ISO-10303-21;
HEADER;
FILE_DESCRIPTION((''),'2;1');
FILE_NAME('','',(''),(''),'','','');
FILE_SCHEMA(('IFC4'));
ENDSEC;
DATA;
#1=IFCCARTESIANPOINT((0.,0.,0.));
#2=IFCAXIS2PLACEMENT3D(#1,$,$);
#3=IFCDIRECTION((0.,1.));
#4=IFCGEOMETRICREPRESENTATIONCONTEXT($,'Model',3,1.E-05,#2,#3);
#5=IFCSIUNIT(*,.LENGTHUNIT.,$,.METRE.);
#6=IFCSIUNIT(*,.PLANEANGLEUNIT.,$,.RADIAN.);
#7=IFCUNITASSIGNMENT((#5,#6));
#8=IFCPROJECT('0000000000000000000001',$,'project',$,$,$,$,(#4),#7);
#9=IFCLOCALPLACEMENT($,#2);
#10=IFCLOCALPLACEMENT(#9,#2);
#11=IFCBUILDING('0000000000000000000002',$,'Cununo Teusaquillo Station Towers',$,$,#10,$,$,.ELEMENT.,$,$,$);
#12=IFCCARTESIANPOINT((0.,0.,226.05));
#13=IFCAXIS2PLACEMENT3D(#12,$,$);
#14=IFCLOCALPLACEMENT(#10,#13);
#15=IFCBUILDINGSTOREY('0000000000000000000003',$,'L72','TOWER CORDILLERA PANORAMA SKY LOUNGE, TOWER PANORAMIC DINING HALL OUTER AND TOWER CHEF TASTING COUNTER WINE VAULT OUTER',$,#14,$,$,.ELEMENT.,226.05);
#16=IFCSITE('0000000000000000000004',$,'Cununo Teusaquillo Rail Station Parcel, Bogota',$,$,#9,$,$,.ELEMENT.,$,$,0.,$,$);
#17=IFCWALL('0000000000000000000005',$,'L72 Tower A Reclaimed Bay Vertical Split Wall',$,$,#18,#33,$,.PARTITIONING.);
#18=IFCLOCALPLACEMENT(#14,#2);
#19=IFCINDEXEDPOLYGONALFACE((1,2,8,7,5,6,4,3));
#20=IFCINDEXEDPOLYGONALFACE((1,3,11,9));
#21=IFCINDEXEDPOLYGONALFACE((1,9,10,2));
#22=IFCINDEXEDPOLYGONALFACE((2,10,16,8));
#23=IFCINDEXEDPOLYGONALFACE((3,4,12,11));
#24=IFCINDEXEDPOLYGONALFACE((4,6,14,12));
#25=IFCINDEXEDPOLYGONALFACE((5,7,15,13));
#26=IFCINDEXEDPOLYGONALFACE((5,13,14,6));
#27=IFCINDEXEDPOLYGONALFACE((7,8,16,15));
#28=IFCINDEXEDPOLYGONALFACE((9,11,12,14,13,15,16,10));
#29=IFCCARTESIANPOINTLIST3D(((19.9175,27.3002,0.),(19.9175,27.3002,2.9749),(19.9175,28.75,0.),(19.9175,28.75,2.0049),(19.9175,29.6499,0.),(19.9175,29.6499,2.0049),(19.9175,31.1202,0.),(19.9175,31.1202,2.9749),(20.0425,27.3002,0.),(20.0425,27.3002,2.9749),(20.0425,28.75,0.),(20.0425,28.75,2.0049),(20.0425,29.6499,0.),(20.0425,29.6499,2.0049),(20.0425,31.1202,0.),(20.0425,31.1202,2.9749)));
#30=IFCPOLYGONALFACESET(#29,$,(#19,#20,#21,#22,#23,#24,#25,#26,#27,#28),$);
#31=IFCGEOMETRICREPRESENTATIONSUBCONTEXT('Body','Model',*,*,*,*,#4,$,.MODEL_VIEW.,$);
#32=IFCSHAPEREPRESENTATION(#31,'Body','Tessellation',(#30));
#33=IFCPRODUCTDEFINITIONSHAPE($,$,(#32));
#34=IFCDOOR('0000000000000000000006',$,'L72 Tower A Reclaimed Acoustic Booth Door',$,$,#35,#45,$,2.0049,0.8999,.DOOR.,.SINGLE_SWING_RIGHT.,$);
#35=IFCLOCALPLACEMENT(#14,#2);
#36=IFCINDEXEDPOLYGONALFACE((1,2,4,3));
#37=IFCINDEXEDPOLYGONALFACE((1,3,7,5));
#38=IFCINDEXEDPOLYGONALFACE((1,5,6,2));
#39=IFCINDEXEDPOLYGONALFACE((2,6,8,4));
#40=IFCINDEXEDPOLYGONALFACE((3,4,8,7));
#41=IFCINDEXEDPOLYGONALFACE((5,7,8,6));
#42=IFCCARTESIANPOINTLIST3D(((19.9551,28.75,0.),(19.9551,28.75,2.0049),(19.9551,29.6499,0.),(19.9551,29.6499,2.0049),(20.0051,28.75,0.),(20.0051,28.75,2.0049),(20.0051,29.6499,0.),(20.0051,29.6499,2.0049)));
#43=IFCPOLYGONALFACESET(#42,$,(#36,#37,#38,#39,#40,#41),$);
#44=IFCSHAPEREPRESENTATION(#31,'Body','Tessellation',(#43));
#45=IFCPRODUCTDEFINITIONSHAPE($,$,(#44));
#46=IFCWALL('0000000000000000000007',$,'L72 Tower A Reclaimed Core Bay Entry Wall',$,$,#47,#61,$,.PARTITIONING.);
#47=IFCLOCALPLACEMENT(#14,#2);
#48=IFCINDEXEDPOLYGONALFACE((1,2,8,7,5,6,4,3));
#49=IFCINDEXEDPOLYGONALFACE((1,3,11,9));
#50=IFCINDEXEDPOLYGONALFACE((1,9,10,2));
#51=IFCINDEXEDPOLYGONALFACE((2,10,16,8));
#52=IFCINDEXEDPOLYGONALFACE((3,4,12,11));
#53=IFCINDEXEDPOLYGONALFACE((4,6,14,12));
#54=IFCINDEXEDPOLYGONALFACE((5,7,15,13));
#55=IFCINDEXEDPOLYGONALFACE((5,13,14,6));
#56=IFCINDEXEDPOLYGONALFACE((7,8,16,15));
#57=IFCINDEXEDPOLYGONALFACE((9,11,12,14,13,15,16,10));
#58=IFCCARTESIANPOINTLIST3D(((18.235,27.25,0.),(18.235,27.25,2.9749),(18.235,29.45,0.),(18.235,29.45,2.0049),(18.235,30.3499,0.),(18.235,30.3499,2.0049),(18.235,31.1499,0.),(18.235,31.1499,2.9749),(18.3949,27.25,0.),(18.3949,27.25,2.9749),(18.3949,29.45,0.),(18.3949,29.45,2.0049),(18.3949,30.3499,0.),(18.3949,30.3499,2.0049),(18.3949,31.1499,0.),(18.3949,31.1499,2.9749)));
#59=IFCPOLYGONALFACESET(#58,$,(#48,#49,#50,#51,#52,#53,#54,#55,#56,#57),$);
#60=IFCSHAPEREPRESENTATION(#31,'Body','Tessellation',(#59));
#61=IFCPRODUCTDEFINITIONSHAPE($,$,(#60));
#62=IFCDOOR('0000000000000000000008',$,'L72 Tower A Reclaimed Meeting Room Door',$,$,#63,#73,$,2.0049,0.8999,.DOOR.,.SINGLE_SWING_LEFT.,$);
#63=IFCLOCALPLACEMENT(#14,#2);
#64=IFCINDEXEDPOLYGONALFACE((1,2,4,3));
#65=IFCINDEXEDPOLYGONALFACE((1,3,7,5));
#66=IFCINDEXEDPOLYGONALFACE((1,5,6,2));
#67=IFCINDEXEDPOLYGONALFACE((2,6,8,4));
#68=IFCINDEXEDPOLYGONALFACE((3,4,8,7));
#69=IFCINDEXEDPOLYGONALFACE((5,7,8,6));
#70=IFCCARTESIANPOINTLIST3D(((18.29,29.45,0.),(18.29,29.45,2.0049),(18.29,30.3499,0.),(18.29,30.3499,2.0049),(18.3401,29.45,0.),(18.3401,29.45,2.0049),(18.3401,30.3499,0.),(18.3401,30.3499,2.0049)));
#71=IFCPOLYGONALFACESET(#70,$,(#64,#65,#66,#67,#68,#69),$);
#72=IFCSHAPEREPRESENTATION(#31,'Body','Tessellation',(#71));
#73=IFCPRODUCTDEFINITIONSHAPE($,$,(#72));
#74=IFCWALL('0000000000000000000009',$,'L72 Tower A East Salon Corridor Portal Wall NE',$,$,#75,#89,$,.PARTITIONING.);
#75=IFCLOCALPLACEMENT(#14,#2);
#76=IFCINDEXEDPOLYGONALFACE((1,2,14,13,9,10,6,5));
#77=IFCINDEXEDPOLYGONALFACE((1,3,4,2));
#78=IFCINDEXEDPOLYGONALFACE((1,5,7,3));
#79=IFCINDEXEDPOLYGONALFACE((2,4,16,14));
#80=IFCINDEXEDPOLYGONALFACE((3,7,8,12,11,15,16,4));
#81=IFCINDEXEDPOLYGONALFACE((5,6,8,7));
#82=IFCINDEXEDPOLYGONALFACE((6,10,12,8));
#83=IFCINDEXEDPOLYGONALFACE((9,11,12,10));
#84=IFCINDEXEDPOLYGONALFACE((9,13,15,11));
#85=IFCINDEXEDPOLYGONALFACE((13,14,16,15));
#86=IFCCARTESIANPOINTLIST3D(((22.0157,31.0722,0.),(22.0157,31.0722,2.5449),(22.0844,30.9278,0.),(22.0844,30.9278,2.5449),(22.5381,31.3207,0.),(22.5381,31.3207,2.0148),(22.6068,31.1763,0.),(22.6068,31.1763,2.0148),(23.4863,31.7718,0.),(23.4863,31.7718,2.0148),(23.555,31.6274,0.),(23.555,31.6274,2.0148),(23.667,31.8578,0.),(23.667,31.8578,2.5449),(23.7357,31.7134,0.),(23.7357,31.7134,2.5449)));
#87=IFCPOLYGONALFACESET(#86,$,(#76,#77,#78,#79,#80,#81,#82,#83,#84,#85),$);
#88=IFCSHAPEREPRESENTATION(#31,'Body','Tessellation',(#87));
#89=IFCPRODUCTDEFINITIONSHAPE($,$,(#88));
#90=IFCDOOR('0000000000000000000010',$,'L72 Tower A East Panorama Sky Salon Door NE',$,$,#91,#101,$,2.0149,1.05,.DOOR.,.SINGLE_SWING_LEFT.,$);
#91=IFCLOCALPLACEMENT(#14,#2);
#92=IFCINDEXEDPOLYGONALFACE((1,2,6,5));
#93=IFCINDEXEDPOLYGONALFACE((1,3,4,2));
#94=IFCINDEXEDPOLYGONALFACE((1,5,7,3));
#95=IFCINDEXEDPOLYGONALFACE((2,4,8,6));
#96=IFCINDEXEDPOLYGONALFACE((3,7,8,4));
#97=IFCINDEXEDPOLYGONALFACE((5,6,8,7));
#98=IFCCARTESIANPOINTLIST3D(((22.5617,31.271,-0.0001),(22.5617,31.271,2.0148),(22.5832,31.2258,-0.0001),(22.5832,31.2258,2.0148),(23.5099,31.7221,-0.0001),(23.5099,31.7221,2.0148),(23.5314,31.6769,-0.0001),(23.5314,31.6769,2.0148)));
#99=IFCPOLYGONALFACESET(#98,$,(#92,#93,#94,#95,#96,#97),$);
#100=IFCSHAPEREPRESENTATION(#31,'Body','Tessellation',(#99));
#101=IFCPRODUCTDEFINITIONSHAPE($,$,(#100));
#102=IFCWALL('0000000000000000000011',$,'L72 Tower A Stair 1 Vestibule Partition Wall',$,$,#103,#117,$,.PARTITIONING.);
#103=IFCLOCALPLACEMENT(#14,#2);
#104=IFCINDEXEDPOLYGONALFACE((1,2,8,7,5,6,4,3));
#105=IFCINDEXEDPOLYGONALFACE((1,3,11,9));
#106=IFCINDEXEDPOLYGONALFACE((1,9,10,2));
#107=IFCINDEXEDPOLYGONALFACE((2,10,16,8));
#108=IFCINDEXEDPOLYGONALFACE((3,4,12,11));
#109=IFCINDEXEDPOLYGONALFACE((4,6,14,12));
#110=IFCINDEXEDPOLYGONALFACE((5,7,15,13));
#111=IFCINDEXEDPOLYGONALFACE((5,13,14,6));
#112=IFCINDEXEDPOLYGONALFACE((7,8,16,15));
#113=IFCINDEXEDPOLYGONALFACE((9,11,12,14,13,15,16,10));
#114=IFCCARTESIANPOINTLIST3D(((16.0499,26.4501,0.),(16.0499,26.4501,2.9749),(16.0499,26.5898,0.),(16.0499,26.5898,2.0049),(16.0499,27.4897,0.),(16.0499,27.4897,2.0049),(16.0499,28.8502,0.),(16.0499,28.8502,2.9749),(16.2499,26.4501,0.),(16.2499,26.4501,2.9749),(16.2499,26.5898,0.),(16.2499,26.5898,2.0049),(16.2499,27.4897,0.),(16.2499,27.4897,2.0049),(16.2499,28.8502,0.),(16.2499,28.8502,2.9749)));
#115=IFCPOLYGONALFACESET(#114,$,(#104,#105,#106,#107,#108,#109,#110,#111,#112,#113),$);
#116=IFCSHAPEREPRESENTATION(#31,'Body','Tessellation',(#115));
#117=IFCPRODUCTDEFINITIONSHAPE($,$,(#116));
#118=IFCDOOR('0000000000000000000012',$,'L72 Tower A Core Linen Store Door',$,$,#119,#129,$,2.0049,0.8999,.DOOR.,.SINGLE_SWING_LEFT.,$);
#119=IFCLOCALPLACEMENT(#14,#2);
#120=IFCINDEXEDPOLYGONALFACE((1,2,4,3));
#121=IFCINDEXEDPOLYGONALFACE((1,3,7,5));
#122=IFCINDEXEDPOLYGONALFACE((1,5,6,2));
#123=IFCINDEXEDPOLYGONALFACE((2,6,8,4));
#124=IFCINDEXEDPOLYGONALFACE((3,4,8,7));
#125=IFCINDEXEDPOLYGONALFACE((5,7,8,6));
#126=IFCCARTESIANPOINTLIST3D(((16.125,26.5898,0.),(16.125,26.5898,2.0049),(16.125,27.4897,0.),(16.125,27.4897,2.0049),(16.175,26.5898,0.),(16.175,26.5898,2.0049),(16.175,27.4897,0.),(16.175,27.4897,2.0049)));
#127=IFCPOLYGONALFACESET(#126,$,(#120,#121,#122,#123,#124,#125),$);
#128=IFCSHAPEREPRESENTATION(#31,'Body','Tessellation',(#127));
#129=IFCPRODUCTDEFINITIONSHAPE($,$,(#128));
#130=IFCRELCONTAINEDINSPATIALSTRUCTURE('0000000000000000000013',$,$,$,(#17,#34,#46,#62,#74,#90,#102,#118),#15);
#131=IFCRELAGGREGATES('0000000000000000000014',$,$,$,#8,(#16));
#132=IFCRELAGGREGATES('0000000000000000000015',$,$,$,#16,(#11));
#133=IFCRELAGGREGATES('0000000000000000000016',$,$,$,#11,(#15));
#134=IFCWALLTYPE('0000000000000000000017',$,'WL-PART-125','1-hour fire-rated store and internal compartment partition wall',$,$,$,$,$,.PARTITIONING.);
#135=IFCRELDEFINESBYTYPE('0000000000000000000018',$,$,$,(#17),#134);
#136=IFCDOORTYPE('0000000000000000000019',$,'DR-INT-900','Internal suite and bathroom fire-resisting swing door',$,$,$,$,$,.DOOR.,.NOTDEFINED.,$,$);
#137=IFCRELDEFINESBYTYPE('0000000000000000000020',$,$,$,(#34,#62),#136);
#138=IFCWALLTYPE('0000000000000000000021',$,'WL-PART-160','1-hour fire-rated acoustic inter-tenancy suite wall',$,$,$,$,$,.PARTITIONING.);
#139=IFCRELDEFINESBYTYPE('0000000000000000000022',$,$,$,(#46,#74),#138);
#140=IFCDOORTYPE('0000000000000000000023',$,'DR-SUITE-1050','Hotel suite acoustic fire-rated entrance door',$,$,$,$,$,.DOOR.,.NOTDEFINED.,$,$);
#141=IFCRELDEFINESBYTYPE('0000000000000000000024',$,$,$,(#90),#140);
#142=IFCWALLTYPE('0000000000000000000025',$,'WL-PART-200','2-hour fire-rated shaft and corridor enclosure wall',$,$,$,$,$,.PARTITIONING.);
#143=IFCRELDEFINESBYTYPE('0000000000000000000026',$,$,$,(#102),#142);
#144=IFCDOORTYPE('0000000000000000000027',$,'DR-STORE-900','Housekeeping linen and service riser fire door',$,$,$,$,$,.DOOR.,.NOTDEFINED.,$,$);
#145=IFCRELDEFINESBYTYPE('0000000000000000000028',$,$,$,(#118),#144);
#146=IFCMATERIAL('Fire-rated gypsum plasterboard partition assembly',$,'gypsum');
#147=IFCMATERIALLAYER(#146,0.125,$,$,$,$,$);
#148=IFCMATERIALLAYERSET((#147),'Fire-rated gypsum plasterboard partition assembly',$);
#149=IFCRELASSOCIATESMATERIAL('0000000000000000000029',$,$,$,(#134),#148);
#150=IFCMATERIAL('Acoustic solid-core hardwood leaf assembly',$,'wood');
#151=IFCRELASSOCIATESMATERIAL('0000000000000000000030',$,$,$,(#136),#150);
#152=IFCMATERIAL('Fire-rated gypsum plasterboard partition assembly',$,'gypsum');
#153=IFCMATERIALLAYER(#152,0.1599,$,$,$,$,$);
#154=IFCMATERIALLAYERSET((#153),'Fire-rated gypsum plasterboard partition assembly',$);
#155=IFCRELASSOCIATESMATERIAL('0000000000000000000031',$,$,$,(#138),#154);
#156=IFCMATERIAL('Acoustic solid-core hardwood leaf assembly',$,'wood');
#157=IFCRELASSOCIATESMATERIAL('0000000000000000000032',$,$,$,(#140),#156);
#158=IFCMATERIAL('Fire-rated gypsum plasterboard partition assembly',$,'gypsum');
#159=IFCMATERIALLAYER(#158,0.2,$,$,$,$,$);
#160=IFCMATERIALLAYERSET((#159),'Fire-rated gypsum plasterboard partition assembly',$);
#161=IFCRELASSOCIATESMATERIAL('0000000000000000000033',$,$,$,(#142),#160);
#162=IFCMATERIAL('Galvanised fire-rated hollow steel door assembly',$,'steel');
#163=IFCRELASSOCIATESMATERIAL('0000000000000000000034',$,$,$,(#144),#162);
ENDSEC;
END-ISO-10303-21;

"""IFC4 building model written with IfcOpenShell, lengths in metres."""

from ifc_helpers import new_model, si_unit, direction, frame, frame_2d, origin, place, context, subcontext, project, spatial, rectangle, extrude, source, transform, mapped, material, layer, layer_set, type_object, element, fill, save


model = new_model("IFC4")

# Units and contexts
model_context = context("Model", 3, precision=1e-05, world=origin(), true_north=direction((0.0, 1.0)))
body_context = subcontext(model_context, "Body", "Model", "MODEL_VIEW")
ifc_project = project(units=[si_unit("LENGTHUNIT", "METRE"), si_unit("PLANEANGLEUNIT", "RADIAN")], contexts=[model_context])

# Site, building, storey
site_placement = place(None, origin())
site = spatial("IfcSite", under=ifc_project, at=site_placement, Name="Cununo Teusaquillo Rail Station Parcel, Bogota", CompositionType="ELEMENT", RefElevation=0.0)
building_placement = place(site_placement, origin())
building = spatial("IfcBuilding", under=site, at=building_placement, Name="Cununo Teusaquillo Station Towers", CompositionType="ELEMENT")
storey_placement = place(building_placement, frame((0.0, 0.0, 226.05)))
storey = spatial("IfcBuildingStorey", under=building, at=storey_placement, Name="L72", Description="TOWER CORDILLERA PANORAMA SKY LOUNGE, TOWER PANORAMIC DINING HALL OUTER AND TOWER CHEF TASTING COUNTER WINE VAULT OUTER", CompositionType="ELEMENT", Elevation=226.05)

# Shared definitions
ifc_material_1 = material(Name="Fire-rated gypsum plasterboard partition assembly", Category="gypsum")
ifc_layer_1 = layer(ifc_material_1, 0.125)
ifc_layer_set_1 = layer_set([ifc_layer_1], Name="Fire-rated gypsum plasterboard partition assembly")
wall_type_1 = type_object("IfcWallType", Name="WL-PART-125", Description="1-hour fire-rated store and internal compartment partition wall", PredefinedType="PARTITIONING", material=ifc_layer_set_1)

# Walls, openings, doors
wall_1_placement = place(storey_placement, frame((19.98, 27.3, 0.0), z_axis=(0.0, 0.0, 1.0), x_axis=(0.0, 1.0, 0.0)))
wall_1 = element("IfcWall", 1, at=wall_1_placement, inside=storey, type_object=wall_type_1, Name="L72 Tower A Reclaimed Bay Vertical Split Wall", PredefinedType="PARTITIONING", context=body_context, shape_type="SweptSolid", body=[
    extrude(rectangle(XDim=3.8201, YDim=0.125, at=frame_2d((1.9102, 0.0))), origin(), (0.0, 0.0, 1.0), 2.9749),
])
shared_shape_1 = source(origin(), body_context, "Body", "SweptSolid", [
    extrude(rectangle(XDim=0.8999, YDim=2.0049, at=frame_2d((0.45, 1.0024))), frame((0.0, 0.0725, 0.0), z_axis=(0.0, -1.0, 0.0), x_axis=(1.0, 0.0, 0.0)), (0.0, 0.0, 1.0), 0.145),
])
opening_1_placement = place(wall_1_placement, frame((1.45, 0.0, 0.0)))
opening_1 = element("IfcOpeningElement", 2, at=opening_1_placement, cuts=wall_1, PredefinedType="OPENING", context=body_context, shape_type="MappedRepresentation", body=[
    mapped(shared_shape_1, transform((0.0, 0.0, 0.0), x_axis=(1.0, 0.0, 0.0), y_axis=(0.0, 1.0, 0.0), z_axis=(0.0, 0.0, 1.0), scale=1.0)),
])
ifc_material_2 = material(Name="Acoustic solid-core hardwood leaf assembly", Category="wood")
door_type_1 = type_object("IfcDoorType", Name="DR-INT-900", Description="Internal suite and bathroom fire-resisting swing door", OperationType="NOTDEFINED", PredefinedType="DOOR", material=ifc_material_2)
shared_shape_2 = source(origin(), body_context, "Body", "SweptSolid", [
    extrude(rectangle(XDim=0.8999, YDim=2.0049, at=frame_2d((0.45, 1.0024))), frame((0.0, 0.0249, 0.0), z_axis=(0.0, -1.0, 0.0), x_axis=(1.0, 0.0, 0.0)), (0.0, 0.0, 1.0), 0.05),
])
door_1_placement = place(opening_1_placement, origin())
door_1 = element("IfcDoor", 3, at=door_1_placement, inside=storey, type_object=door_type_1, Name="L72 Tower A Reclaimed Acoustic Booth Door", OperationType="SINGLE_SWING_RIGHT", OverallHeight=2.0049, OverallWidth=0.8999, PredefinedType="DOOR", context=body_context, shape_type="MappedRepresentation", body=[
    mapped(shared_shape_2, transform((0.0, 0.0, 0.0), x_axis=(1.0, 0.0, 0.0), y_axis=(0.0, 1.0, 0.0), z_axis=(0.0, 0.0, 1.0), scale=1.0)),
])
fill(opening_1, door_1)
ifc_material_3 = material(Name="Fire-rated gypsum plasterboard partition assembly", Category="gypsum")
ifc_layer_2 = layer(ifc_material_3, 0.1599)
ifc_layer_set_2 = layer_set([ifc_layer_2], Name="Fire-rated gypsum plasterboard partition assembly")
wall_type_2 = type_object("IfcWallType", Name="WL-PART-160", Description="1-hour fire-rated acoustic inter-tenancy suite wall", PredefinedType="PARTITIONING", material=ifc_layer_set_2)
wall_2_placement = place(storey_placement, frame((18.3149, 27.25, 0.0), z_axis=(0.0, 0.0, 1.0), x_axis=(0.0, 1.0, 0.0)))
wall_2 = element("IfcWall", 4, at=wall_2_placement, inside=storey, type_object=wall_type_2, Name="L72 Tower A Reclaimed Core Bay Entry Wall", PredefinedType="PARTITIONING", context=body_context, shape_type="SweptSolid", body=[
    extrude(rectangle(XDim=3.8999, YDim=0.1599, at=frame_2d((1.95, 0.0))), origin(), (0.0, 0.0, 1.0), 2.9749),
])
shared_shape_3 = source(origin(), body_context, "Body", "SweptSolid", [
    extrude(rectangle(XDim=0.8999, YDim=2.0049, at=frame_2d((0.45, 1.0024))), frame((0.0, 0.0898, 0.0), z_axis=(0.0, -1.0, 0.0), x_axis=(1.0, 0.0, 0.0)), (0.0, 0.0, 1.0), 0.1799),
])
opening_2_placement = place(wall_2_placement, frame((2.2, 0.0, 0.0)))
opening_2 = element("IfcOpeningElement", 5, at=opening_2_placement, cuts=wall_2, PredefinedType="OPENING", context=body_context, shape_type="MappedRepresentation", body=[
    mapped(shared_shape_3, transform((0.0, 0.0, 0.0), x_axis=(1.0, 0.0, 0.0), y_axis=(0.0, 1.0, 0.0), z_axis=(0.0, 0.0, 1.0), scale=1.0)),
])
door_2_placement = place(opening_2_placement, origin())
door_2 = element("IfcDoor", 6, at=door_2_placement, inside=storey, type_object=door_type_1, Name="L72 Tower A Reclaimed Meeting Room Door", OperationType="SINGLE_SWING_LEFT", OverallHeight=2.0049, OverallWidth=0.8999, PredefinedType="DOOR", context=body_context, shape_type="MappedRepresentation", body=[
    mapped(shared_shape_2, transform((0.0, 0.0, 0.0), x_axis=(1.0, 0.0, 0.0), y_axis=(0.0, 1.0, 0.0), z_axis=(0.0, 0.0, 1.0), scale=1.0)),
])
fill(opening_2, door_2)
wall_3_placement = place(storey_placement, frame((22.05, 31.0, 0.0), z_axis=(0.0, 0.0, 1.0), x_axis=(0.903013, 0.429612, 0.0)))
wall_3 = element("IfcWall", 7, at=wall_3_placement, inside=storey, type_object=wall_type_2, Name="L72 Tower A East Salon Corridor Portal Wall NE", PredefinedType="PARTITIONING", context=body_context, shape_type="SweptSolid", body=[
    extrude(rectangle(XDim=1.8286, YDim=0.1599, at=frame_2d((0.9143, 0.0))), origin(), (0.0, 0.0, 1.0), 2.5449),
])
shared_shape_4 = source(origin(), body_context, "Body", "SweptSolid", [
    extrude(rectangle(XDim=1.05, YDim=2.0149, at=frame_2d((0.5249, 1.0073))), frame((0.0, 0.0898, 0.0), z_axis=(0.0, -1.0, 0.0), x_axis=(1.0, 0.0, 0.0)), (0.0, 0.0, 1.0), 0.1799),
])
opening_3_placement = place(wall_3_placement, frame((0.5786, 0.0, 0.0)))
opening_3 = element("IfcOpeningElement", 8, at=opening_3_placement, cuts=wall_3, PredefinedType="OPENING", context=body_context, shape_type="MappedRepresentation", body=[
    mapped(shared_shape_4, transform((0.0, 0.0, 0.0), x_axis=(1.0, 0.0, 0.0), y_axis=(0.0, 1.0, 0.0), z_axis=(0.0, 0.0, 1.0), scale=1.0)),
])
ifc_material_4 = material(Name="Acoustic solid-core hardwood leaf assembly", Category="wood")
door_type_2 = type_object("IfcDoorType", Name="DR-SUITE-1050", Description="Hotel suite acoustic fire-rated entrance door", OperationType="NOTDEFINED", PredefinedType="DOOR", material=ifc_material_4)
shared_shape_5 = source(origin(), body_context, "Body", "SweptSolid", [
    extrude(rectangle(XDim=1.05, YDim=2.0149, at=frame_2d((0.5249, 1.0073))), frame((0.0, 0.0249, 0.0), z_axis=(0.0, -1.0, 0.0), x_axis=(1.0, 0.0, 0.0)), (0.0, 0.0, 1.0), 0.05),
])
door_3_placement = place(opening_3_placement, origin())
door_3 = element("IfcDoor", 9, at=door_3_placement, inside=storey, type_object=door_type_2, Name="L72 Tower A East Panorama Sky Salon Door NE", OperationType="SINGLE_SWING_LEFT", OverallHeight=2.0149, OverallWidth=1.05, PredefinedType="DOOR", context=body_context, shape_type="MappedRepresentation", body=[
    mapped(shared_shape_5, transform((0.0, 0.0, 0.0), x_axis=(1.0, 0.0, 0.0), y_axis=(0.0, 1.0, 0.0), z_axis=(0.0, 0.0, 1.0), scale=1.0)),
])
fill(opening_3, door_3)
ifc_material_5 = material(Name="Fire-rated gypsum plasterboard partition assembly", Category="gypsum")
ifc_layer_3 = layer(ifc_material_5, 0.2)
ifc_layer_set_3 = layer_set([ifc_layer_3], Name="Fire-rated gypsum plasterboard partition assembly")
wall_type_3 = type_object("IfcWallType", Name="WL-PART-200", Description="2-hour fire-rated shaft and corridor enclosure wall", PredefinedType="PARTITIONING", material=ifc_layer_set_3)
wall_4_placement = place(storey_placement, frame((16.1499, 26.45, 0.0), z_axis=(0.0, 0.0, 1.0), x_axis=(0.0, 1.0, 0.0)))
wall_4 = element("IfcWall", 10, at=wall_4_placement, inside=storey, type_object=wall_type_3, Name="L72 Tower A Stair 1 Vestibule Partition Wall", PredefinedType="PARTITIONING", context=body_context, shape_type="SweptSolid", body=[
    extrude(rectangle(XDim=2.4001, YDim=0.2, at=frame_2d((1.2002, 0.0))), origin(), (0.0, 0.0, 1.0), 2.9749),
])
shared_shape_6 = source(origin(), body_context, "Body", "SweptSolid", [
    extrude(rectangle(XDim=0.8999, YDim=2.0049, at=frame_2d((0.45, 1.0024))), frame((0.0, 0.1099, 0.0), z_axis=(0.0, -1.0, 0.0), x_axis=(1.0, 0.0, 0.0)), (0.0, 0.0, 1.0), 0.22),
])
opening_4_placement = place(wall_4_placement, frame((0.1399, 0.0, 0.0)))
opening_4 = element("IfcOpeningElement", 11, at=opening_4_placement, cuts=wall_4, PredefinedType="OPENING", context=body_context, shape_type="MappedRepresentation", body=[
    mapped(shared_shape_6, transform((0.0, 0.0, 0.0), x_axis=(1.0, 0.0, 0.0), y_axis=(0.0, 1.0, 0.0), z_axis=(0.0, 0.0, 1.0), scale=1.0)),
])
ifc_material_6 = material(Name="Galvanised fire-rated hollow steel door assembly", Category="steel")
door_type_3 = type_object("IfcDoorType", Name="DR-STORE-900", Description="Housekeeping linen and service riser fire door", OperationType="NOTDEFINED", PredefinedType="DOOR", material=ifc_material_6)
door_4_placement = place(opening_4_placement, origin())
door_4 = element("IfcDoor", 12, at=door_4_placement, inside=storey, type_object=door_type_3, Name="L72 Tower A Core Linen Store Door", OperationType="SINGLE_SWING_LEFT", OverallHeight=2.0049, OverallWidth=0.8999, PredefinedType="DOOR", context=body_context, shape_type="MappedRepresentation", body=[
    mapped(shared_shape_2, transform((0.0, 0.0, 0.0), x_axis=(1.0, 0.0, 0.0), y_axis=(0.0, 1.0, 0.0), z_axis=(0.0, 0.0, 1.0), scale=1.0)),
])
fill(opening_4, door_4)

save(model, "model.ifc")
